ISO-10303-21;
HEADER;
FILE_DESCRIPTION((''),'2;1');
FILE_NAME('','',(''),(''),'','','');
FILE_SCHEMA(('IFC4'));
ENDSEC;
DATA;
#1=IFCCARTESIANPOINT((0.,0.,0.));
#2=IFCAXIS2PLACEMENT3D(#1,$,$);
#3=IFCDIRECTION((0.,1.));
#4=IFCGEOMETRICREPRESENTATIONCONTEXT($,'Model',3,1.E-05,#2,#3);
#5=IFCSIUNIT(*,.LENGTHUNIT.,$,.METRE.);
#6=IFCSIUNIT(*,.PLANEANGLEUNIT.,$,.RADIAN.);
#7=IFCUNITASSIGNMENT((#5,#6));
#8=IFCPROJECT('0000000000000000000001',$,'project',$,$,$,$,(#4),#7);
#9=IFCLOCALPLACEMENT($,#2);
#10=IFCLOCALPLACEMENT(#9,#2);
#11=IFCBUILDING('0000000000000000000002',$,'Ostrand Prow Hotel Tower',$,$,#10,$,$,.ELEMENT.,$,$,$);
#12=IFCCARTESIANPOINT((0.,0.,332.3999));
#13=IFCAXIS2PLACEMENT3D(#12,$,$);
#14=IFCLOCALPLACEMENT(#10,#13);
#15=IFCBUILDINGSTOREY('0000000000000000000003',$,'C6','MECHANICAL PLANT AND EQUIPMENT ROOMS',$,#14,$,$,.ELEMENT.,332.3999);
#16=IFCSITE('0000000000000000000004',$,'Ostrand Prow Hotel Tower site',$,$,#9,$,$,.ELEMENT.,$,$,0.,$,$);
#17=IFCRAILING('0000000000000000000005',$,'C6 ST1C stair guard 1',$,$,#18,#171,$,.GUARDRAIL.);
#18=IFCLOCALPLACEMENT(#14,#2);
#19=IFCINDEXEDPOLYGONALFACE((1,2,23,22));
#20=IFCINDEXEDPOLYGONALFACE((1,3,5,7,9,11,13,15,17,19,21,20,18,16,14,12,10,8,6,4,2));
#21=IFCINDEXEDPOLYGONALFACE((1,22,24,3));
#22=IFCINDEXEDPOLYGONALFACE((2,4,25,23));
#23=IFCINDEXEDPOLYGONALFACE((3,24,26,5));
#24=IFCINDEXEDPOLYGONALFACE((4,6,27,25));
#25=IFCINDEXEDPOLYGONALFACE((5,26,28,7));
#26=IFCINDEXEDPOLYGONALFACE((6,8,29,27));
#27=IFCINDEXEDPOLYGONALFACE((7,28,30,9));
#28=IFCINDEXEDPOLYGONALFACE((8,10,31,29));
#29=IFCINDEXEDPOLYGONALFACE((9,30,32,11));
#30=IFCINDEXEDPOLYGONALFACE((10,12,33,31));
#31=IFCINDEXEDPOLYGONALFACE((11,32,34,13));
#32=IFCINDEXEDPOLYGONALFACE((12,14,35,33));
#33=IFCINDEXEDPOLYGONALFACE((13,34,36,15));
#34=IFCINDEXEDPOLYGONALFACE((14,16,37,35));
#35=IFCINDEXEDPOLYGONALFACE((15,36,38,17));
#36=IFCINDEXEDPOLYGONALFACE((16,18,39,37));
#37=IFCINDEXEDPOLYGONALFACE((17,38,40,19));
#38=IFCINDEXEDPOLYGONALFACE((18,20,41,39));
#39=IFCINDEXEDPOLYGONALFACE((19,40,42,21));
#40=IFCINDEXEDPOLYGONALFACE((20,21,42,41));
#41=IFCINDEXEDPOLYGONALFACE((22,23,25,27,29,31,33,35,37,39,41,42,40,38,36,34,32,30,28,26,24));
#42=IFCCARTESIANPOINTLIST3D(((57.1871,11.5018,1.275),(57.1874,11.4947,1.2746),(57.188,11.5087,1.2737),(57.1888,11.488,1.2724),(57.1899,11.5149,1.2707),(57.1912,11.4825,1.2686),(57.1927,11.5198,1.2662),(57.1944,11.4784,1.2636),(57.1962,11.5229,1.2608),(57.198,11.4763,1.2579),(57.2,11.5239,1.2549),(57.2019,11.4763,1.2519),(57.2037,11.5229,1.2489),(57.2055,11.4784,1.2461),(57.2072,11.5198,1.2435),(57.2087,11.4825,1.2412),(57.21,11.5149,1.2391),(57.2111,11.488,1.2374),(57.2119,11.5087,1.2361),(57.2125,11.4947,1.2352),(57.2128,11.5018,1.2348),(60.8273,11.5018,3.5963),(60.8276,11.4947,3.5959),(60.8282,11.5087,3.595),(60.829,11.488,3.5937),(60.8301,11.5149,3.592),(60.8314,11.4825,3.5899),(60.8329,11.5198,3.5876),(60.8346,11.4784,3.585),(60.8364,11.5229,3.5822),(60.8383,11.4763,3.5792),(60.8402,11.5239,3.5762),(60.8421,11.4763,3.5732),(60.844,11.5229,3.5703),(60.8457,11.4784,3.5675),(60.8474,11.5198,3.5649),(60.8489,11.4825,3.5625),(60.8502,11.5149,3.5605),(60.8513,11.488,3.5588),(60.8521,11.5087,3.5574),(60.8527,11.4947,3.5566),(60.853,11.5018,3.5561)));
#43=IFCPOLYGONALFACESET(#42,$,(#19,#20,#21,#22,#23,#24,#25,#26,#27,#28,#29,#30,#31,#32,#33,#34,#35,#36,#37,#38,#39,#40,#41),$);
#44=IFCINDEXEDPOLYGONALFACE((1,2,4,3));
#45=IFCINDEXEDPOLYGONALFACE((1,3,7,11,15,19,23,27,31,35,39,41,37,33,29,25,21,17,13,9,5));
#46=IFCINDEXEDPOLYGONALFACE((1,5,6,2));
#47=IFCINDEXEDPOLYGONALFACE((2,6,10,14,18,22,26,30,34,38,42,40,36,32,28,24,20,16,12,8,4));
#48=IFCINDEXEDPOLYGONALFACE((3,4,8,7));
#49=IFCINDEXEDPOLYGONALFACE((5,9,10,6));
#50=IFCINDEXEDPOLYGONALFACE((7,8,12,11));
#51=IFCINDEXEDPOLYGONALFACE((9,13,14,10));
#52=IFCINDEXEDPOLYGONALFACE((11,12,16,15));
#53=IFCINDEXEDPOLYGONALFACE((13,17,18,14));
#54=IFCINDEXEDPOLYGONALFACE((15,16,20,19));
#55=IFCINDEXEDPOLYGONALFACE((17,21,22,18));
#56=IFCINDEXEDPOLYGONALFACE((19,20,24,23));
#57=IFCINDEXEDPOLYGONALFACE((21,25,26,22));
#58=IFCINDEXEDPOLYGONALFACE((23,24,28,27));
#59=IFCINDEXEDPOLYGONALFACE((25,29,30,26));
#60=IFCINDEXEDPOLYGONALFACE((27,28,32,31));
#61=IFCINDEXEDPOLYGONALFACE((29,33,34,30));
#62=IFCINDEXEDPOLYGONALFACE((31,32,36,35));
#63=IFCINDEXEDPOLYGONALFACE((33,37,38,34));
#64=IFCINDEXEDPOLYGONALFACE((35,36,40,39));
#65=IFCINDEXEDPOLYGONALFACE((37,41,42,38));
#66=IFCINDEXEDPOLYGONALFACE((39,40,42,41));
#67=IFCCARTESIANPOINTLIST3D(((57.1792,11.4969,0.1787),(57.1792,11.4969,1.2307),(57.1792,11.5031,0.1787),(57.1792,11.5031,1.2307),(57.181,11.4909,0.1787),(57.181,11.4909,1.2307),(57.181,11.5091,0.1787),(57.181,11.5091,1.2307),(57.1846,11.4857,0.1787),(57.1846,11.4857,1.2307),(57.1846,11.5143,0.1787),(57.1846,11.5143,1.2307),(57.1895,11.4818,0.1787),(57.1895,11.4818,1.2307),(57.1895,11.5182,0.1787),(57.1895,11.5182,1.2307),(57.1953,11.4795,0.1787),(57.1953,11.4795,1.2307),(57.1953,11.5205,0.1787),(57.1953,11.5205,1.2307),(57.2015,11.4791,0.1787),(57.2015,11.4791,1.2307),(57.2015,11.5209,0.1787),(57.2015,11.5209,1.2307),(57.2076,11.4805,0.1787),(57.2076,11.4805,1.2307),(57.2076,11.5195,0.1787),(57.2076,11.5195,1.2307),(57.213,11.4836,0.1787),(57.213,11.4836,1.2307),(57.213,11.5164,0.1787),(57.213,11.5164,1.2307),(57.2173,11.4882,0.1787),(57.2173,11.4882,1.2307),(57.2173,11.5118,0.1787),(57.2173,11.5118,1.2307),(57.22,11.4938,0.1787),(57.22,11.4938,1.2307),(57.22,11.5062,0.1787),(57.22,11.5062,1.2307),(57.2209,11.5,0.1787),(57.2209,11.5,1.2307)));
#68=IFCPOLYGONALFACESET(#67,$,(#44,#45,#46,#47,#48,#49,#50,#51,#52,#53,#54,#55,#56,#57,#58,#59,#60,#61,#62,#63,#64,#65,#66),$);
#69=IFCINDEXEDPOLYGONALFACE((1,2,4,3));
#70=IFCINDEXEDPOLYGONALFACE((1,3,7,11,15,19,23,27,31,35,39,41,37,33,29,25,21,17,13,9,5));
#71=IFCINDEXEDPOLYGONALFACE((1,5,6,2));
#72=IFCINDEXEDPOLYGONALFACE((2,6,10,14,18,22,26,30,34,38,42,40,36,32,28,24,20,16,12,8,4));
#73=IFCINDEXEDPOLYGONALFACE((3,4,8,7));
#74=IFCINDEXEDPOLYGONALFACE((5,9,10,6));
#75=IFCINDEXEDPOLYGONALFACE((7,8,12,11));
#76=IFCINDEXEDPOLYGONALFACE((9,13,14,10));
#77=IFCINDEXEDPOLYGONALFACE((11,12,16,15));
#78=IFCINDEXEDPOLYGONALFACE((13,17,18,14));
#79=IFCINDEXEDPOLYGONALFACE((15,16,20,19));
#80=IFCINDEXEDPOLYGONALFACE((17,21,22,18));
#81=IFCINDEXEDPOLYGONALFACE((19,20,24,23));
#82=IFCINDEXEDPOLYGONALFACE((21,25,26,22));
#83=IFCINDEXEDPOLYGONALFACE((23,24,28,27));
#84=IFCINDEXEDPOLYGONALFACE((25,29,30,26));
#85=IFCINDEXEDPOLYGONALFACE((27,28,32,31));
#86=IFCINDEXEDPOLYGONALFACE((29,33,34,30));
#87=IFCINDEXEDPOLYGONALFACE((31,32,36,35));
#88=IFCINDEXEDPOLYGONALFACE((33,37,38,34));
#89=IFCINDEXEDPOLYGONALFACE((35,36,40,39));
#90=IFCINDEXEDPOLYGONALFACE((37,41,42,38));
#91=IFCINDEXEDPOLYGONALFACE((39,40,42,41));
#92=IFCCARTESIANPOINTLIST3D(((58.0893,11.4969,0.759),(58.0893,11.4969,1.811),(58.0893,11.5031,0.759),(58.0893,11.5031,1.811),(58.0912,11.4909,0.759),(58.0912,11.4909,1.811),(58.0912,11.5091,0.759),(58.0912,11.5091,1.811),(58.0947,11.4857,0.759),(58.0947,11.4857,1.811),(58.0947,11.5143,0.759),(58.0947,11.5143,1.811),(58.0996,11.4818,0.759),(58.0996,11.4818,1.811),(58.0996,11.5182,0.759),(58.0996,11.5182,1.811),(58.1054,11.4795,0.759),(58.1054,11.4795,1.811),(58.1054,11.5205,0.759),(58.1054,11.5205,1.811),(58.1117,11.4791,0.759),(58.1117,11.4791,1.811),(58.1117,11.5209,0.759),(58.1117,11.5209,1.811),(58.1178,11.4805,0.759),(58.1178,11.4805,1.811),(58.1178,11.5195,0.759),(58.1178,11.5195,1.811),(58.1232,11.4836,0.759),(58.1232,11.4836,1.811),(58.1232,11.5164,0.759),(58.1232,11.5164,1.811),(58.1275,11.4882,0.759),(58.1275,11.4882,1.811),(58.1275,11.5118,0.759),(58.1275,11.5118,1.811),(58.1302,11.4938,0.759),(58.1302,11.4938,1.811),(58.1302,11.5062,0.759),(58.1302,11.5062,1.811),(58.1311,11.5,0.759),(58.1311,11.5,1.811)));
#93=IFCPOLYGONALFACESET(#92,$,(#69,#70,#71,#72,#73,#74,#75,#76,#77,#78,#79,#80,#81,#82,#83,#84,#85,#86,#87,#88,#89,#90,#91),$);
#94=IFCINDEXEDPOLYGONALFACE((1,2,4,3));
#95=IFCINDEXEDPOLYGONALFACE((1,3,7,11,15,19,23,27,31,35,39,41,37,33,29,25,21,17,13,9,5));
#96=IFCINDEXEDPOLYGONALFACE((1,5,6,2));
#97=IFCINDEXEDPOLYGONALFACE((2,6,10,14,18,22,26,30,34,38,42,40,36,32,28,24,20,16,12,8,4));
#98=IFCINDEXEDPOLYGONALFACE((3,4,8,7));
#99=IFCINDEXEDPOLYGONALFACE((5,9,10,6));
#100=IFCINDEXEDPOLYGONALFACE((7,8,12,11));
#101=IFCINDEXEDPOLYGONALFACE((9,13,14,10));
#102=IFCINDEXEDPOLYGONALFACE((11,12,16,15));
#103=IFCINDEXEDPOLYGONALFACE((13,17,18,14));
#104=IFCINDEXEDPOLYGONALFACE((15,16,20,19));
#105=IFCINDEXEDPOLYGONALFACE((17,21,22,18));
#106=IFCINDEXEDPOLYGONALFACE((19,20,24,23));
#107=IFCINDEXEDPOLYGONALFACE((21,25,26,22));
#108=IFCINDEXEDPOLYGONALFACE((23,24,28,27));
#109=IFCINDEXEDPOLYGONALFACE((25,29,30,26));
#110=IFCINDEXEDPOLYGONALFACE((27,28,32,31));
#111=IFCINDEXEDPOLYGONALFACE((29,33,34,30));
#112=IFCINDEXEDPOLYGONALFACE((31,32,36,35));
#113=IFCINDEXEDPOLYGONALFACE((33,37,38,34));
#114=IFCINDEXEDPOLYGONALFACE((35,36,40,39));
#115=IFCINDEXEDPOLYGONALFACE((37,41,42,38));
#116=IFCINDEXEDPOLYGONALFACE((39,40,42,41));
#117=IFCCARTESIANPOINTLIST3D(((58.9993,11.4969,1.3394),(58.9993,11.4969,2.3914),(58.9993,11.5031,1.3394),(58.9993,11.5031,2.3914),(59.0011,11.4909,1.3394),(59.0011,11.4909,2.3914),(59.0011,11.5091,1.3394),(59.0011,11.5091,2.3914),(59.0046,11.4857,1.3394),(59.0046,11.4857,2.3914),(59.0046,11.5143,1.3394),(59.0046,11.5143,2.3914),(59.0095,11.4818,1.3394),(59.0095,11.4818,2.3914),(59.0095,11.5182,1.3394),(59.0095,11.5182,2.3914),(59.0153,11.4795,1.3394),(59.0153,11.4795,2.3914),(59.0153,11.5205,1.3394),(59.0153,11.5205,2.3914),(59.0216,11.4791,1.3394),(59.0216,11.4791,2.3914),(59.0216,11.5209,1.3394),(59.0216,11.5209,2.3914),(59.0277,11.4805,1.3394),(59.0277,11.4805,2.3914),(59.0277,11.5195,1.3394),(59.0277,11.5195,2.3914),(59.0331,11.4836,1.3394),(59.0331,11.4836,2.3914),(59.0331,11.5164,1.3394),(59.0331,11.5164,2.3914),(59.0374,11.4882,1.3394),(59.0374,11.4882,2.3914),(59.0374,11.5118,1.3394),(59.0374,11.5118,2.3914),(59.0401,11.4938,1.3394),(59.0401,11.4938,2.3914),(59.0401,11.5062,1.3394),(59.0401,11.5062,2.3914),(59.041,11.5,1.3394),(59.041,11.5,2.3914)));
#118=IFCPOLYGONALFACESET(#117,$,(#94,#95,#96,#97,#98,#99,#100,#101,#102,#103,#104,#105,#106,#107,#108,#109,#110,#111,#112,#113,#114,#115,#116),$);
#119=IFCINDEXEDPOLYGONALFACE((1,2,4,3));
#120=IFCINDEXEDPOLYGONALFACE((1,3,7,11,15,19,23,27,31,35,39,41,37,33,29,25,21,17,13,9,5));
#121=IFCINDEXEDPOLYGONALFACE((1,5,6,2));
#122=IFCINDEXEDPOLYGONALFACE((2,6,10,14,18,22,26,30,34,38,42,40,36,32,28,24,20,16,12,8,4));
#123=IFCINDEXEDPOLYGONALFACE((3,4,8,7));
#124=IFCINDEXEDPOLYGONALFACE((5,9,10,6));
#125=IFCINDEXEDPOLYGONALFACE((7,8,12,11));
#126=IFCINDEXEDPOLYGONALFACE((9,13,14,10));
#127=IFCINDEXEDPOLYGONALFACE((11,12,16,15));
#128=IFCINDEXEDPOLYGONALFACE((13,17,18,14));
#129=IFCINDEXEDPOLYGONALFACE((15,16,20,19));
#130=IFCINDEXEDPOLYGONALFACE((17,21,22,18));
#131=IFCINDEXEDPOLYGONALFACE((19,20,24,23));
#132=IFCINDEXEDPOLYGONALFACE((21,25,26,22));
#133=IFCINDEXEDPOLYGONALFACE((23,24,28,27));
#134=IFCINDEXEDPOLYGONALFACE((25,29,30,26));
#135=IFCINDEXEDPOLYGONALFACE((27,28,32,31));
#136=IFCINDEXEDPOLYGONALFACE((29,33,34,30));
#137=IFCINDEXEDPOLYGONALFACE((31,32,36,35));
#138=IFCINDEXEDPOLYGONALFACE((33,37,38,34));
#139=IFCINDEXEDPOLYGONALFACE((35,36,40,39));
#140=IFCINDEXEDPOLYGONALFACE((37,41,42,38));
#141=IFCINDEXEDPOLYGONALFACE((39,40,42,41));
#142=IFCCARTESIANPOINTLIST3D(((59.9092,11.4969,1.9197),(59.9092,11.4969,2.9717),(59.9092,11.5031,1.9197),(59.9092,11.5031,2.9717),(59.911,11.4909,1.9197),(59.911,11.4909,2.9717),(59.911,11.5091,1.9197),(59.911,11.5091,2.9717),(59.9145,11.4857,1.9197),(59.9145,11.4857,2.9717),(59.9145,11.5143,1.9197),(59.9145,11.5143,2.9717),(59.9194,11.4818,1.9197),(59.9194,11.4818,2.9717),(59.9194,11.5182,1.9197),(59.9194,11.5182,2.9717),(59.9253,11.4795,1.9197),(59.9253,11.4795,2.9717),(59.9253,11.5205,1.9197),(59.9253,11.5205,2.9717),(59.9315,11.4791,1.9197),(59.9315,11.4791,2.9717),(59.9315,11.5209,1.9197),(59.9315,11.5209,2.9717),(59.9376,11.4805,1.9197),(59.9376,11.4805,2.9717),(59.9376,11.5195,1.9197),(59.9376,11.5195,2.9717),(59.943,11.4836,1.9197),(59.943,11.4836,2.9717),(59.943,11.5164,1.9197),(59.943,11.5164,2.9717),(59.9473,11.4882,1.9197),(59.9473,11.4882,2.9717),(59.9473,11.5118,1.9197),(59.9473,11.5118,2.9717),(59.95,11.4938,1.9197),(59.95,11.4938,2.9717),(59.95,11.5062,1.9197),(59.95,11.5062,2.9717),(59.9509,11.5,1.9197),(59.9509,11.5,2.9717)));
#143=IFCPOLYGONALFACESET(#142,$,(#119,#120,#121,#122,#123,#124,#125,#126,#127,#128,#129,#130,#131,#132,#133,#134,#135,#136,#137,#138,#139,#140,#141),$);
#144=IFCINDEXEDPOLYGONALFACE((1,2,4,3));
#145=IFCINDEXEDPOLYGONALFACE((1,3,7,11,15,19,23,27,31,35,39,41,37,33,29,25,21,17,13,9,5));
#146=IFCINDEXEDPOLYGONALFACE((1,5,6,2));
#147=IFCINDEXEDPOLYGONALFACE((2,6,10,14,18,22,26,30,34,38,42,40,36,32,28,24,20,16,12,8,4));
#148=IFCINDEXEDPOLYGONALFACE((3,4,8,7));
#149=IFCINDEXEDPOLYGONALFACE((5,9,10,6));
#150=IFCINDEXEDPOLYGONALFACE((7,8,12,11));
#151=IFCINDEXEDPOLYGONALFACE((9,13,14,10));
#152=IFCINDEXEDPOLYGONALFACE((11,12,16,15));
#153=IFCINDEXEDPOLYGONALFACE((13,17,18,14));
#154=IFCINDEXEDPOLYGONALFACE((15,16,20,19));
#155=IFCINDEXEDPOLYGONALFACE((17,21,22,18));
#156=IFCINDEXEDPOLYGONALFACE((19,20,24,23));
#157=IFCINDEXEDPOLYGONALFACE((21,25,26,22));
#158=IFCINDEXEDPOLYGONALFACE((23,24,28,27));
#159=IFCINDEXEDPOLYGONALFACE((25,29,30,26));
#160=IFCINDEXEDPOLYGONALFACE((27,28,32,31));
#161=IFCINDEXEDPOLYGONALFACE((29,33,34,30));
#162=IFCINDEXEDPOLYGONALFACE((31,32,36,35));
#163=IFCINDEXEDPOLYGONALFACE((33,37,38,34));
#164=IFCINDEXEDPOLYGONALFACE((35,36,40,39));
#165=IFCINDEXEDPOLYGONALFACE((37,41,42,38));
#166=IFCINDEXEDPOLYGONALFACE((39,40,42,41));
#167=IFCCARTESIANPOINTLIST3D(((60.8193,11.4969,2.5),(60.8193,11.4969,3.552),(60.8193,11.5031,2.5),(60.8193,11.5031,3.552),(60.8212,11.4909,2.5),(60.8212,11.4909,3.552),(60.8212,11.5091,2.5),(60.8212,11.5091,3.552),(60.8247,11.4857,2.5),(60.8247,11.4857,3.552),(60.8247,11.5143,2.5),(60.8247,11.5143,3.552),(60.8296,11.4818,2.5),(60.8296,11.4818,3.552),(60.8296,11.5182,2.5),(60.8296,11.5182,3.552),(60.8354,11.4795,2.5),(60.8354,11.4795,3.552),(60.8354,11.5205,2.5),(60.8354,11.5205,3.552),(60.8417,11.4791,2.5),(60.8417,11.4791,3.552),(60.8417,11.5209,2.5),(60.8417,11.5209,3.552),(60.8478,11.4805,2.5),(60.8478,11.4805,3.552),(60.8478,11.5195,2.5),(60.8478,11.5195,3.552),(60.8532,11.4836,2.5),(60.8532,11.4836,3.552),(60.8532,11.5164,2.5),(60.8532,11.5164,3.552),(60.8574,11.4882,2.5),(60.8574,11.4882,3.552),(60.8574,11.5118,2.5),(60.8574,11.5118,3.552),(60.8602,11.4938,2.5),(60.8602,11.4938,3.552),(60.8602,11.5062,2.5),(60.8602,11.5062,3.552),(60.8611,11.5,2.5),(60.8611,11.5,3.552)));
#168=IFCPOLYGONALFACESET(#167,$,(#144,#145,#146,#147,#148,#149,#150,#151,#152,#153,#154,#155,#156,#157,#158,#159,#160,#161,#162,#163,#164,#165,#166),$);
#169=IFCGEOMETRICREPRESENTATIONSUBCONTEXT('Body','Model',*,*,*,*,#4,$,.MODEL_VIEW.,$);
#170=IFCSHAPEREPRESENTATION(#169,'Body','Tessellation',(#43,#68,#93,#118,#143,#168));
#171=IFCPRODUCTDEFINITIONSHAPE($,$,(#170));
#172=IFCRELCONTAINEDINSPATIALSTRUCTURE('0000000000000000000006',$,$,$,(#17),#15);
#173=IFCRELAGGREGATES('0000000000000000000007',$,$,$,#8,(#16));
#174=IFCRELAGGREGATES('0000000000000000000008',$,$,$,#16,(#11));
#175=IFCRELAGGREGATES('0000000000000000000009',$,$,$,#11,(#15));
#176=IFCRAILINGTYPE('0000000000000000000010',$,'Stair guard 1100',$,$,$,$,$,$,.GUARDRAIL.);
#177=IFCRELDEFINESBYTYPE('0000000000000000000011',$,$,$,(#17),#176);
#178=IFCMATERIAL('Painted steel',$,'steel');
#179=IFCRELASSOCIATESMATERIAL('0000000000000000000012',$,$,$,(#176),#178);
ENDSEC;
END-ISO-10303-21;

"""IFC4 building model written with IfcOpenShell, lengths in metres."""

from ifc_helpers import new_model, si_unit, direction, frame, origin, origin_2d, place, context, subcontext, project, spatial, circle, extrude, material, type_object, element, save


model = new_model("IFC4")

# Units and contexts
model_context = context("Model", 3, precision=1e-05, world=origin(), true_north=direction((0.0, 1.0)))
body_context = subcontext(model_context, "Body", "Model", "MODEL_VIEW")
ifc_project = project(units=[si_unit("LENGTHUNIT", "METRE"), si_unit("PLANEANGLEUNIT", "RADIAN")], contexts=[model_context])

# Site, building, storey
site_placement = place(None, origin())
site = spatial("IfcSite", under=ifc_project, at=site_placement, Name="Ostrand Prow Hotel Tower site", CompositionType="ELEMENT", RefElevation=0.0)
building_placement = place(site_placement, origin())
building = spatial("IfcBuilding", under=site, at=building_placement, Name="Ostrand Prow Hotel Tower", CompositionType="ELEMENT")
storey_placement = place(building_placement, frame((0.0, 0.0, 332.3999)))
storey = spatial("IfcBuildingStorey", under=building, at=storey_placement, Name="C6", Description="MECHANICAL PLANT AND EQUIPMENT ROOMS", CompositionType="ELEMENT", Elevation=332.3999)

# Railing
ifc_material_1 = material(Name="Painted steel", Category="steel")
railing_type_1 = type_object("IfcRailingType", Name="Stair guard 1100", PredefinedType="GUARDRAIL", material=ifc_material_1)
railing_1_placement = place(storey_placement, frame((57.2, 11.5, 0.1787)))
element("IfcRailing", 1, at=railing_1_placement, inside=storey, type_object=railing_type_1, Name="C6 ST1C stair guard 1", PredefinedType="GUARDRAIL", context=body_context, shape_type="SweptSolid", body=[
    extrude(circle(Radius=0.0239, at=origin_2d()), frame((0.0, 0.0, 1.0762), z_axis=(0.843153, 0.0, 0.537673), x_axis=(0.0, 1.0, 0.0)), (0.0, 0.0, 1.0), 4.3174),
    extrude(circle(Radius=0.021, at=origin_2d()), origin(), (0.0, 0.0, 1.0), 1.052),
    extrude(circle(Radius=0.021, at=origin_2d()), frame((0.9102, 0.0, 0.5803)), (0.0, 0.0, 1.0), 1.052),
    extrude(circle(Radius=0.021, at=origin_2d()), frame((1.8201, 0.0, 1.1606)), (0.0, 0.0, 1.0), 1.052),
    extrude(circle(Radius=0.021, at=origin_2d()), frame((2.73, 0.0, 1.741)), (0.0, 0.0, 1.0), 1.052),
    extrude(circle(Radius=0.021, at=origin_2d()), frame((3.6401, 0.0, 2.3213)), (0.0, 0.0, 1.0), 1.052),
])

save(model, "model.ifc")
